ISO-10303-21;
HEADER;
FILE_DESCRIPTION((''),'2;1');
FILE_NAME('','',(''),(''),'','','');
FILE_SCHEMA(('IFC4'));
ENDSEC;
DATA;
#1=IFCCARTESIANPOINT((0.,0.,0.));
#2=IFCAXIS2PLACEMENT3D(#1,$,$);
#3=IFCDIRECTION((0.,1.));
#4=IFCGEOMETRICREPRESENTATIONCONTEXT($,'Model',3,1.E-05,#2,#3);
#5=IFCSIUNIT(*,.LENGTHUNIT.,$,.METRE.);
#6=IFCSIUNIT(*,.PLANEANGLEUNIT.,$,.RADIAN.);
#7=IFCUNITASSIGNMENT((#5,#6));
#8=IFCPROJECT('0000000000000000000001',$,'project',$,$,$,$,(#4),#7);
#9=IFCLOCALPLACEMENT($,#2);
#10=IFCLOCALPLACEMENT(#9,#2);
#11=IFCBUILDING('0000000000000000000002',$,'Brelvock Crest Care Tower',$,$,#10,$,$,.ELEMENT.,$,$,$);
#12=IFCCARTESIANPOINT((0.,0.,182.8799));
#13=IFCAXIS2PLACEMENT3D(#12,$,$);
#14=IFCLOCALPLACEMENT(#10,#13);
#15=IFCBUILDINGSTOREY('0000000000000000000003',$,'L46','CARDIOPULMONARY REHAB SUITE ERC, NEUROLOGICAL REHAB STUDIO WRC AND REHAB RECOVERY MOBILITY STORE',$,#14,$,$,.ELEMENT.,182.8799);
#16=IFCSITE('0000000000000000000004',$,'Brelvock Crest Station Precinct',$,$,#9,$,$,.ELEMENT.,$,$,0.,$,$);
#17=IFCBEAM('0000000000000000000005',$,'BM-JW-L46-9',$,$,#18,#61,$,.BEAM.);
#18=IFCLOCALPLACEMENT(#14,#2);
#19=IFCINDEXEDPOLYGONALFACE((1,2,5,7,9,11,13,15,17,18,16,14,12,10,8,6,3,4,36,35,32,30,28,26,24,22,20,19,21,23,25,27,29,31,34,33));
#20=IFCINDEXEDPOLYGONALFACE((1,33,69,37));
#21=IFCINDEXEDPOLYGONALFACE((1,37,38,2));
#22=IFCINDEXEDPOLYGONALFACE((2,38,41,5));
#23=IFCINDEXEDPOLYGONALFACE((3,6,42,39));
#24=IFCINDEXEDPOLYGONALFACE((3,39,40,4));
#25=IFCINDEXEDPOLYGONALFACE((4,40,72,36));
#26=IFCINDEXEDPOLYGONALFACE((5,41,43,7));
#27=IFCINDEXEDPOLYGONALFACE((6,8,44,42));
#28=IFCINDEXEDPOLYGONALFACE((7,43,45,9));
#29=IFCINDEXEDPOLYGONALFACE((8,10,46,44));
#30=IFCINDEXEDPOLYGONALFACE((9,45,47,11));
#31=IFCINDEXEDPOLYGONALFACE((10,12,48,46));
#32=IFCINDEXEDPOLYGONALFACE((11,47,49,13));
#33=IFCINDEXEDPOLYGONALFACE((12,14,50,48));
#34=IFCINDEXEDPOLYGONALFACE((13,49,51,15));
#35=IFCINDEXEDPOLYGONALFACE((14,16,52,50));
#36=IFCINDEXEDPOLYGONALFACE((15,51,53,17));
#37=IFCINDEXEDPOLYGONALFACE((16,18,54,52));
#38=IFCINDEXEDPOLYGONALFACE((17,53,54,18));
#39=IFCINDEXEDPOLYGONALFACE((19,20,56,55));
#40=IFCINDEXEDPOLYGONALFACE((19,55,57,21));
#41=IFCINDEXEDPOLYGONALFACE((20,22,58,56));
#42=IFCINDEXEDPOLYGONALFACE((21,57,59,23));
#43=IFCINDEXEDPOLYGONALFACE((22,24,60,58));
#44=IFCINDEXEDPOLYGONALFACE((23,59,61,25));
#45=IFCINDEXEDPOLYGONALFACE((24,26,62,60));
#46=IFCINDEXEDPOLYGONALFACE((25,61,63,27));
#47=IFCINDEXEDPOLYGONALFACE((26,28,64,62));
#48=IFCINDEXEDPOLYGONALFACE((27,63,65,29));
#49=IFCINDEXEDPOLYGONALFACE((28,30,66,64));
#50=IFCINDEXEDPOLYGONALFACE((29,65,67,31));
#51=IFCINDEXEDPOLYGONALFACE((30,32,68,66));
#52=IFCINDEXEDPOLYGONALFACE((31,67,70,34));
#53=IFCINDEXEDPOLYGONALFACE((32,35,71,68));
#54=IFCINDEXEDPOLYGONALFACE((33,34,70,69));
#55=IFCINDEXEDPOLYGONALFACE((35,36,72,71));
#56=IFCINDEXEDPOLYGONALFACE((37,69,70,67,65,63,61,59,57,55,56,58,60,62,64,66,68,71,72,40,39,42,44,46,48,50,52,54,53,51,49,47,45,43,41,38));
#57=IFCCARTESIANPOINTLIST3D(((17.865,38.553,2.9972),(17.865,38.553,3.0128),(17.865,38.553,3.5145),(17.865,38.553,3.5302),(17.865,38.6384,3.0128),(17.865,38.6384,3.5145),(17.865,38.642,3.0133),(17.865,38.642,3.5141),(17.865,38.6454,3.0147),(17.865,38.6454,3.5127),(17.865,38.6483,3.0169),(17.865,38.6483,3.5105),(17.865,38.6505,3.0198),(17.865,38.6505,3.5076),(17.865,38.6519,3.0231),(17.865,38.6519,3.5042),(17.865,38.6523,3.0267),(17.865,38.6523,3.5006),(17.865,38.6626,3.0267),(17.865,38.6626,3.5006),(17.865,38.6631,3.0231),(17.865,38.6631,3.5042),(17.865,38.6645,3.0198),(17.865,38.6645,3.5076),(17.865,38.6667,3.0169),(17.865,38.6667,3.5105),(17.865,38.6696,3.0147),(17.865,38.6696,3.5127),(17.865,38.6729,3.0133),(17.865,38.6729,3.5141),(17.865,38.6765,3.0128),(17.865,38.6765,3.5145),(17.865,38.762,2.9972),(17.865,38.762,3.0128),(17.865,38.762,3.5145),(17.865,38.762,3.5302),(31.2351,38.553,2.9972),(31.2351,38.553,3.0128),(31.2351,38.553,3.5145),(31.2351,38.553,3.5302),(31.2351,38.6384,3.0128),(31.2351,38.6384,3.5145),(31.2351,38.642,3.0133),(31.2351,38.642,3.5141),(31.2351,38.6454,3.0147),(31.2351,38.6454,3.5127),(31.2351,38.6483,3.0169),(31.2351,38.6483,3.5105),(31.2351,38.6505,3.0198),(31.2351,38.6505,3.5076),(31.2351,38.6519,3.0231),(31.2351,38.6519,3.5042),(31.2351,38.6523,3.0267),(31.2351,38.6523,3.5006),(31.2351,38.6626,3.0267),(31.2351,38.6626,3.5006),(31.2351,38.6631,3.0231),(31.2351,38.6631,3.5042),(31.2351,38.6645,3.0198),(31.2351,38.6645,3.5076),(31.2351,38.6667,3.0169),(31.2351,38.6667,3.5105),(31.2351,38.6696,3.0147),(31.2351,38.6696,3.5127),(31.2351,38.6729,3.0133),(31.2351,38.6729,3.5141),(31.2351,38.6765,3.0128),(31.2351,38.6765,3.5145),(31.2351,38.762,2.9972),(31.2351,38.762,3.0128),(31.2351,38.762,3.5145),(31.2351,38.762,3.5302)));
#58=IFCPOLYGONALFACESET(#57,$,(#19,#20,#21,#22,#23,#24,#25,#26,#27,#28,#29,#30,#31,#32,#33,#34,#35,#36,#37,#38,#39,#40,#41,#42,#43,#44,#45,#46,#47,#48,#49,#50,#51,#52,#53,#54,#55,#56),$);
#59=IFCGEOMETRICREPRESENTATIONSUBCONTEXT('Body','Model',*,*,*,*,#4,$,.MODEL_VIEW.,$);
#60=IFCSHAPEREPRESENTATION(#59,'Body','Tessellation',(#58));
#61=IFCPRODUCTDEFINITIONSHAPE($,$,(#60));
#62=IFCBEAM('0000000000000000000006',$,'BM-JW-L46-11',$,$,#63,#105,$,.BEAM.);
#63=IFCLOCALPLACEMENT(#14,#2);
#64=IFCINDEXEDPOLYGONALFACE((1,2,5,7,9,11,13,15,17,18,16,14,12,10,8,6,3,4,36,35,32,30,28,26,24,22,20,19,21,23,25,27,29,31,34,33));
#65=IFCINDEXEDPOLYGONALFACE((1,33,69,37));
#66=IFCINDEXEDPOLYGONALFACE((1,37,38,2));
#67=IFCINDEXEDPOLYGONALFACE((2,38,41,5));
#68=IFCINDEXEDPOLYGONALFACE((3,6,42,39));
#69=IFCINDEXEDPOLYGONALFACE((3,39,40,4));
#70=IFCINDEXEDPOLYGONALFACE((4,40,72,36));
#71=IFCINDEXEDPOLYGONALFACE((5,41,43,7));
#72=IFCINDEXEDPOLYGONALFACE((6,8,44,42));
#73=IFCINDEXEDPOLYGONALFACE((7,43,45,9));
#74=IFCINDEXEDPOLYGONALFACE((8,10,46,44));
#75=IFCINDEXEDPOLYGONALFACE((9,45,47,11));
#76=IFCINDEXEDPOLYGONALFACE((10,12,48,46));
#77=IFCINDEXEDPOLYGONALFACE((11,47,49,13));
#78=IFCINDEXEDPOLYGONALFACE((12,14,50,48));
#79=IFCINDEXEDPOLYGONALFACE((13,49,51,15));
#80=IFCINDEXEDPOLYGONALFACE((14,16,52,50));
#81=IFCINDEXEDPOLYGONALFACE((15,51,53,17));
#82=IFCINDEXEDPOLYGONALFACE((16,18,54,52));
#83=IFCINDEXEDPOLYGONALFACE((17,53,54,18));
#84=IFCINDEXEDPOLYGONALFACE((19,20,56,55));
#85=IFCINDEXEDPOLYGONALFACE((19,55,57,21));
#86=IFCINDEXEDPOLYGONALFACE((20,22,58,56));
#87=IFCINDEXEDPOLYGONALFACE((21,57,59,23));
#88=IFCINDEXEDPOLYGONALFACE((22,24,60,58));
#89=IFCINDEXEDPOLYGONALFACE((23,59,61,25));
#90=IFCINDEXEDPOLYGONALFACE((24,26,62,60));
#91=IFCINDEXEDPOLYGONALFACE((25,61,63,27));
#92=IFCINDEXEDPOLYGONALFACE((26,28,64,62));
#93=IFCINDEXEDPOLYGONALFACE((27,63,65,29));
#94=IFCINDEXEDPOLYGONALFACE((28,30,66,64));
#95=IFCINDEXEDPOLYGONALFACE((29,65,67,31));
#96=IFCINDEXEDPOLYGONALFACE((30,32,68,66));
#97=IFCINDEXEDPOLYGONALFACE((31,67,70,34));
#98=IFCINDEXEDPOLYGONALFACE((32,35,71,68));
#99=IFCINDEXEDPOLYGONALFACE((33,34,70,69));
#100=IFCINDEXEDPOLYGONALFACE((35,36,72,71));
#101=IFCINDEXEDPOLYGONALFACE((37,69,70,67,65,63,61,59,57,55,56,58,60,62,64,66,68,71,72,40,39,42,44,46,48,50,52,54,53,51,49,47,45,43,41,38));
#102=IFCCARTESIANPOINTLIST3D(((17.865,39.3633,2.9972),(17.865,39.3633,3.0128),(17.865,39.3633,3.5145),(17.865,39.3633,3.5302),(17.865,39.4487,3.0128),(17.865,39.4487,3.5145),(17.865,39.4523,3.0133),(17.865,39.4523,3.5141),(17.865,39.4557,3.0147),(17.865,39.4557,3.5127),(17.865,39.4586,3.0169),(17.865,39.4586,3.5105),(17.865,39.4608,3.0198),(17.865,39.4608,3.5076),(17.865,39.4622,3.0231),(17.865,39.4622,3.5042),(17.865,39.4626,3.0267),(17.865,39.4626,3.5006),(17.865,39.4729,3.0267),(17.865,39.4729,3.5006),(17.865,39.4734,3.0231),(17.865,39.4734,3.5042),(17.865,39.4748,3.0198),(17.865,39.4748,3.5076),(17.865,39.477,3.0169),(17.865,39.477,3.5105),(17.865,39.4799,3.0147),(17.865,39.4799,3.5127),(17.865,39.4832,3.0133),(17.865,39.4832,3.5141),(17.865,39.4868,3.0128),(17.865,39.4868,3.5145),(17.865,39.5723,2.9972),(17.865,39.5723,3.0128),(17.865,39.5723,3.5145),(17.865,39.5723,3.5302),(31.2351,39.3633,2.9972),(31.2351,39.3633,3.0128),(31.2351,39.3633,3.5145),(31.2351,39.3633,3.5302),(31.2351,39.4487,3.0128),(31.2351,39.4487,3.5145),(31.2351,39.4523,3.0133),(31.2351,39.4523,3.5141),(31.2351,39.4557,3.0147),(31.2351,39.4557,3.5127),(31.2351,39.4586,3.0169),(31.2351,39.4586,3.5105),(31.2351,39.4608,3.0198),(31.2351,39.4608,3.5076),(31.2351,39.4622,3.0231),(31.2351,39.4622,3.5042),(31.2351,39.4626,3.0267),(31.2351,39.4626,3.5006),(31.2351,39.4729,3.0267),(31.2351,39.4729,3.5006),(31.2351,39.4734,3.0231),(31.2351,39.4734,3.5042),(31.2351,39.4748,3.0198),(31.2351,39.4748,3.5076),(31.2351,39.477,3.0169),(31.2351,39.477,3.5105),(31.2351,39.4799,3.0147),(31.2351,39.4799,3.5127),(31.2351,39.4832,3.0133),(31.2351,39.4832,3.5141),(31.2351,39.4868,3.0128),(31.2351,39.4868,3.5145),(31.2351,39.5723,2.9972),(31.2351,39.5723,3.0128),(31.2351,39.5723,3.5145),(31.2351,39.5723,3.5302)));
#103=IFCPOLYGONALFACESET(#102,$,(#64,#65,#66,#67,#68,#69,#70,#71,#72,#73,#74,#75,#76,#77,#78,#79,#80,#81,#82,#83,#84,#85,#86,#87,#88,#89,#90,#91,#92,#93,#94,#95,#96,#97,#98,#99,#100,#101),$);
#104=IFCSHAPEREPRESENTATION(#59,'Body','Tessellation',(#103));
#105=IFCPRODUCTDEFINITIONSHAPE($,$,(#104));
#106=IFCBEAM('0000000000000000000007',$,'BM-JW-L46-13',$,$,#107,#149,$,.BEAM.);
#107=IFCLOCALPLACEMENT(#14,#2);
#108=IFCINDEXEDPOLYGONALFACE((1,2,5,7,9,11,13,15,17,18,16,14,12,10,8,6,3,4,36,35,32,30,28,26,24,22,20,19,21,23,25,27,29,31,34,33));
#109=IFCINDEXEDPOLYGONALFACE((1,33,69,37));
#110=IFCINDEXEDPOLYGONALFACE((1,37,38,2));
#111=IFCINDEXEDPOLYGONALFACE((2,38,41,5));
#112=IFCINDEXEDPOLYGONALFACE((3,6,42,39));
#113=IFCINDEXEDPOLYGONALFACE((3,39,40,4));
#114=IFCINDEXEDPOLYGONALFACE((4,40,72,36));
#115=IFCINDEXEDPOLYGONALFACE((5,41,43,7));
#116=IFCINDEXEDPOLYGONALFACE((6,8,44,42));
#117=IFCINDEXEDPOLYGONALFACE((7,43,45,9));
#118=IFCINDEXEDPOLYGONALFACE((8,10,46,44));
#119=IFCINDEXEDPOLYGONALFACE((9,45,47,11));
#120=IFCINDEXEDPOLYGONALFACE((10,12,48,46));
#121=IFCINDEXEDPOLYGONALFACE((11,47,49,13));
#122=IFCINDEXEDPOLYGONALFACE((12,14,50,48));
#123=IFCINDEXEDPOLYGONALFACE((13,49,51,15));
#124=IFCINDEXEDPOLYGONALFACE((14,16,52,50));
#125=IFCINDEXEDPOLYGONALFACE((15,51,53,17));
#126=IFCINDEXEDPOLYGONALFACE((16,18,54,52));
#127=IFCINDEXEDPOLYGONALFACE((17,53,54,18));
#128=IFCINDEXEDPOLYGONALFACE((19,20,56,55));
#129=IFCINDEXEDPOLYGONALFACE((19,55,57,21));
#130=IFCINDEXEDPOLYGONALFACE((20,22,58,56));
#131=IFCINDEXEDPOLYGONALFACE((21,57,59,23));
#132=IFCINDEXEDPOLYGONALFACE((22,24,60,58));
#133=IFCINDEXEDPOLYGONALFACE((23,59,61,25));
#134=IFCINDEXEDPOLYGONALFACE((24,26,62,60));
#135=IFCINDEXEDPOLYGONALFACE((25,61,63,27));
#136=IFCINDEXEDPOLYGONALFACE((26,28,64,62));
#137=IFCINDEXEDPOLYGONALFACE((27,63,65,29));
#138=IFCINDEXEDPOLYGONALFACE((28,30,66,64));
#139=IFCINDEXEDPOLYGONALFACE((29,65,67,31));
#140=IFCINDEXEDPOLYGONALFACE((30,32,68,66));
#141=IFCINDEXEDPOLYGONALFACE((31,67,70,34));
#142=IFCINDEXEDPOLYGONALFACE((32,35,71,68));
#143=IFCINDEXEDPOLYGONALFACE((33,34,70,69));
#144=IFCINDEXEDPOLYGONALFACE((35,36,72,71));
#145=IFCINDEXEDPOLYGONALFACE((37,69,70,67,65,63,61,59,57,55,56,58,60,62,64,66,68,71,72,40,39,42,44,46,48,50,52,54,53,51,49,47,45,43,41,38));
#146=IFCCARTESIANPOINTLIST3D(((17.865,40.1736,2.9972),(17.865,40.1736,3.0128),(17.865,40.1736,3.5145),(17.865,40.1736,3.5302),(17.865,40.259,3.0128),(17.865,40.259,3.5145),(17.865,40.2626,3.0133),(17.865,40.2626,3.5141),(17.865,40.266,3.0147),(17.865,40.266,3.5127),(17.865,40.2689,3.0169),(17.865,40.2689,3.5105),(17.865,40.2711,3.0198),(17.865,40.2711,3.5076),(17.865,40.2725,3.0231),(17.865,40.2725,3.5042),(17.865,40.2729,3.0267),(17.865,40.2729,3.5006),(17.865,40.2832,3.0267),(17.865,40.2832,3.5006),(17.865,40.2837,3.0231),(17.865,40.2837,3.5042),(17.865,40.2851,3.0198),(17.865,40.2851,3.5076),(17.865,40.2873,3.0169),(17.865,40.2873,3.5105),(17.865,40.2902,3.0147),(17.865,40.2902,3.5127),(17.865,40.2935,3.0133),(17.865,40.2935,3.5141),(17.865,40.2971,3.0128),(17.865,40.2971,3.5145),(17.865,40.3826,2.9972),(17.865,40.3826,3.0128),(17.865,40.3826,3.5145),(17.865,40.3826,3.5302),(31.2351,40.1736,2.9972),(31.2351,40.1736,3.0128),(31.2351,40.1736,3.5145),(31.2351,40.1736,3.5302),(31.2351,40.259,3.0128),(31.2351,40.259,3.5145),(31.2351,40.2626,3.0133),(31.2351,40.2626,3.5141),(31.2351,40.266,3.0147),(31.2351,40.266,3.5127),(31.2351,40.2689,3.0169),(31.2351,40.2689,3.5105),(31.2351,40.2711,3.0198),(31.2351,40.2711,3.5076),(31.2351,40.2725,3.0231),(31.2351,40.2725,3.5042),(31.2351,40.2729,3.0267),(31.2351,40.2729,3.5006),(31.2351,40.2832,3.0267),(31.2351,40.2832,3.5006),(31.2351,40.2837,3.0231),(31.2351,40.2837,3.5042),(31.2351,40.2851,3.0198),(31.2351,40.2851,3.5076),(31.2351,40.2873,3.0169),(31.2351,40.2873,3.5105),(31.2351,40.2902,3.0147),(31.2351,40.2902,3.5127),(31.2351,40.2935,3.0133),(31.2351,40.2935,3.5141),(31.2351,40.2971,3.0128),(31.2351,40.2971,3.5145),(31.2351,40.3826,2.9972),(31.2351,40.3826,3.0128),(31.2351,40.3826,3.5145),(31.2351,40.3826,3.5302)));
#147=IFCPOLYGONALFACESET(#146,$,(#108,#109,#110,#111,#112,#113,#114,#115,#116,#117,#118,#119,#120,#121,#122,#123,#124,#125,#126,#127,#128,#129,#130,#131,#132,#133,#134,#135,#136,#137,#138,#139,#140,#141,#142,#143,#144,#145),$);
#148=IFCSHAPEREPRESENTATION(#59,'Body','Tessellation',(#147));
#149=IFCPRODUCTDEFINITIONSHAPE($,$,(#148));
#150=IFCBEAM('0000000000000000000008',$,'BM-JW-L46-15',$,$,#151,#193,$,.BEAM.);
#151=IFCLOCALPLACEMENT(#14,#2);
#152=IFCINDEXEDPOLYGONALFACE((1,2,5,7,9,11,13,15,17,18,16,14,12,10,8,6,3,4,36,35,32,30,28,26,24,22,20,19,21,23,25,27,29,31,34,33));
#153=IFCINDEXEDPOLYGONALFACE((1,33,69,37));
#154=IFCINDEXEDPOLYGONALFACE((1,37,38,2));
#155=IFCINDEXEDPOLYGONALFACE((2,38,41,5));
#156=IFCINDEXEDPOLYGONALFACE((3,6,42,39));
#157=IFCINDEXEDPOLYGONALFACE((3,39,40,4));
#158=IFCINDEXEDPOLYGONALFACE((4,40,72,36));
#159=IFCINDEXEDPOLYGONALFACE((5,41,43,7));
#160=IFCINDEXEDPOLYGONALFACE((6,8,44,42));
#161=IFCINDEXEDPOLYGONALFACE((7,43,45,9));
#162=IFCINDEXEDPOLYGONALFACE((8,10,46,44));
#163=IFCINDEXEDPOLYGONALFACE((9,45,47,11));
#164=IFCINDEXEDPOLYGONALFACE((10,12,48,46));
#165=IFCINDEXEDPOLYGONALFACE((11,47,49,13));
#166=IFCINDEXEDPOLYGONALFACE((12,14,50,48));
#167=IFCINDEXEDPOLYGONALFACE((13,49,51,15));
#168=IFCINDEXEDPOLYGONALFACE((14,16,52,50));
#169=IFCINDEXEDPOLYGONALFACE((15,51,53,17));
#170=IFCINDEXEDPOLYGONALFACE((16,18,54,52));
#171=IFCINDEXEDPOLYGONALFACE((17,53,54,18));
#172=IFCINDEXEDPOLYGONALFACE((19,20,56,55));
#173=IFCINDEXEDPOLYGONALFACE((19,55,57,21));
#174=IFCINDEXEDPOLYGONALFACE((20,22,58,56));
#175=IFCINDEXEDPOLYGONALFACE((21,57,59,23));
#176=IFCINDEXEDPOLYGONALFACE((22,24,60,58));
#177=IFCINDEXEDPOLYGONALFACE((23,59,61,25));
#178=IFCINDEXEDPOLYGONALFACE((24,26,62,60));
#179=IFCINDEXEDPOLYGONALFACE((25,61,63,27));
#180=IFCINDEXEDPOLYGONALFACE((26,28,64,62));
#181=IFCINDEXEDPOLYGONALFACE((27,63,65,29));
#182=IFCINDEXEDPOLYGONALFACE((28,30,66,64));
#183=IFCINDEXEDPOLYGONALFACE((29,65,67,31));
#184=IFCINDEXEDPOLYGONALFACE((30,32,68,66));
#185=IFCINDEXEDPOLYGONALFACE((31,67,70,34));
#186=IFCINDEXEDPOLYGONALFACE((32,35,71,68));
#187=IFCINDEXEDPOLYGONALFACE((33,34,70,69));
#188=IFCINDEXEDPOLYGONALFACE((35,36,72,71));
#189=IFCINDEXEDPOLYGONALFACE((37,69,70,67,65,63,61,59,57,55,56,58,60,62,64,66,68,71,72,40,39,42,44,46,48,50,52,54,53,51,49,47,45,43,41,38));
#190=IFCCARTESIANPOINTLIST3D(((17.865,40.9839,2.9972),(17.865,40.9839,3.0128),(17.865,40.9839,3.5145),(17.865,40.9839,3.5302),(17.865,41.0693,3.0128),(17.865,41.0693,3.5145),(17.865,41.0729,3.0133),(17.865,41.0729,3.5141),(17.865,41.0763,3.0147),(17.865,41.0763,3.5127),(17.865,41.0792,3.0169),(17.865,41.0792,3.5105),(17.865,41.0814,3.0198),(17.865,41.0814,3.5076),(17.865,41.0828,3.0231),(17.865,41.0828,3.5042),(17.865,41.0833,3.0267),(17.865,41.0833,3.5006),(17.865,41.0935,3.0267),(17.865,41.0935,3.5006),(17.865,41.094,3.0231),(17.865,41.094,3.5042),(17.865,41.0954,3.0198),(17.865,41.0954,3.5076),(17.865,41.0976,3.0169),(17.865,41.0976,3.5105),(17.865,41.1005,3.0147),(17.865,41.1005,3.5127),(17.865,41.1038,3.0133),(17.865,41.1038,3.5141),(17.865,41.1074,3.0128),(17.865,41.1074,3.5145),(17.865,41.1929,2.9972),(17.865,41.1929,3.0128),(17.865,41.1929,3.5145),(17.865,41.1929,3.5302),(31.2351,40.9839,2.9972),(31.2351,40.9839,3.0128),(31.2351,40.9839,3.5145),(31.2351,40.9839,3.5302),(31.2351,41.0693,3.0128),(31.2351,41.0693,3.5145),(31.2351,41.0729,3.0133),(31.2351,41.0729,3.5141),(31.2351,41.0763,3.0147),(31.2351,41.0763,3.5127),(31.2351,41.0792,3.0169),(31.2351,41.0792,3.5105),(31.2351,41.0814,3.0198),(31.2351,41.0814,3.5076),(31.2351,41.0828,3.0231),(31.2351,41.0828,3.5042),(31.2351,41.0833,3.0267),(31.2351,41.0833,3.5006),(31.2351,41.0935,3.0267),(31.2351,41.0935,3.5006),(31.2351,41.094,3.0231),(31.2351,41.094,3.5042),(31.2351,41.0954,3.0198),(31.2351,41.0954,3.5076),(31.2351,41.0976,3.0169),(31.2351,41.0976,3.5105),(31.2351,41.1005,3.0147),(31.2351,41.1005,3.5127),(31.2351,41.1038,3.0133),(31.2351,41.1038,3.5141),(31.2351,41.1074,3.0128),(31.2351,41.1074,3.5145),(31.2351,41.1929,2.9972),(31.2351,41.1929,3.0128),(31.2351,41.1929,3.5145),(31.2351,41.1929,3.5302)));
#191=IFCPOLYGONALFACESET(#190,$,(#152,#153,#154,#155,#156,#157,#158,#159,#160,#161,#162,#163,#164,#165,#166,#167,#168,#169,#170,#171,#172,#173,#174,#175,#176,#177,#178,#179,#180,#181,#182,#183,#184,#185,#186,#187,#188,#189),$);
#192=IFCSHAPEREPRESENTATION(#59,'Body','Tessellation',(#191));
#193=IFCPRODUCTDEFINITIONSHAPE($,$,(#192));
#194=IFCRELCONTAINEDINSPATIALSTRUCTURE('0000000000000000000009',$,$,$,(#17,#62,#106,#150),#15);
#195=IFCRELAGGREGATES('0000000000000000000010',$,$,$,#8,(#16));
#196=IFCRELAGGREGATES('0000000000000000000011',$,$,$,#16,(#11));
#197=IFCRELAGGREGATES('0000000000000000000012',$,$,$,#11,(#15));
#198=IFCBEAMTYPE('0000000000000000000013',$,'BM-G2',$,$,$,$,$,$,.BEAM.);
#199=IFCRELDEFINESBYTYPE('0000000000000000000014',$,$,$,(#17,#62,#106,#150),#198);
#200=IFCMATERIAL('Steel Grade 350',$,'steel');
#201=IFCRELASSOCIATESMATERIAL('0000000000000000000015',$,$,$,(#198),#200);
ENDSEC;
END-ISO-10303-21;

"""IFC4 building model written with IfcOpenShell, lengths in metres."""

from ifc_helpers import new_model, si_unit, direction, frame, origin, origin_2d, place, context, subcontext, project, spatial, i_section, extrude, source, transform, mapped, material, material_profile, profile_set, type_object, element, save


model = new_model("IFC4")

# Units and contexts
model_context = context("Model", 3, precision=1e-05, world=origin(), true_north=direction((0.0, 1.0)))
body_context = subcontext(model_context, "Body", "Model", "MODEL_VIEW")
ifc_project = project(units=[si_unit("LENGTHUNIT", "METRE"), si_unit("PLANEANGLEUNIT", "RADIAN")], contexts=[model_context])

# Site, building, storey
site_placement = place(None, origin())
site = spatial("IfcSite", under=ifc_project, at=site_placement, Name="Brelvock Crest Station Precinct", CompositionType="ELEMENT", RefElevation=0.0)
building_placement = place(site_placement, origin())
building = spatial("IfcBuilding", under=site, at=building_placement, Name="Brelvock Crest Care Tower", CompositionType="ELEMENT")
storey_placement = place(building_placement, frame((0.0, 0.0, 182.8799)))
storey = spatial("IfcBuildingStorey", under=building, at=storey_placement, Name="L46", Description="CARDIOPULMONARY REHAB SUITE ERC, NEUROLOGICAL REHAB STUDIO WRC AND REHAB RECOVERY MOBILITY STORE", CompositionType="ELEMENT", Elevation=182.8799)

# Shared definitions
ifc_material_1 = material(Name="Steel Grade 350", Category="steel")

# Beams
ifc_material_profile_1 = material_profile(ifc_material_1, i_section(OverallWidth=0.209, OverallDepth=0.533, WebThickness=0.0103, FlangeThickness=0.0156, FilletRadius=0.0139, at=origin_2d()), Name="530UB92.4")
ifc_profile_set_1 = profile_set([ifc_material_profile_1], Name="Steel Grade 350")
beam_type_1 = type_object("IfcBeamType", Name="BM-G2", PredefinedType="BEAM", material=ifc_profile_set_1)
shared_shape_1 = source(origin(), body_context, "Body", "SweptSolid", [
    extrude(i_section(OverallWidth=0.209, OverallDepth=0.533, WebThickness=0.0103, FlangeThickness=0.0156, FilletRadius=0.0139, at=origin_2d()), origin(), (0.0, 0.0, 1.0), 13.3701),
])
for number, where, z_axis, x_axis, name in (
    (1, (17.865, 38.6575, 3.2637), (1.0, 0.0, 0.0), (0.0, 1.0, 0.0), "BM-JW-L46-9"),
    (2, (17.865, 39.4678, 3.2637), (1.0, 0.0, 0.0), (0.0, 1.0, 0.0), "BM-JW-L46-11"),
    (3, (17.865, 40.2781, 3.2637), (1.0, 0.0, 0.0), (0.0, 1.0, 0.0), "BM-JW-L46-13"),
    (4, (17.865, 41.0884, 3.2637), (1.0, 0.0, 0.0), (0.0, 1.0, 0.0), "BM-JW-L46-15"),
):
    element("IfcBeam", number, at=place(storey_placement, frame(where, z_axis=z_axis, x_axis=x_axis)), inside=storey, type_object=beam_type_1, Name=name, PredefinedType="BEAM", context=body_context, shape_type="MappedRepresentation", body=[
        mapped(shared_shape_1, transform((0.0, 0.0, 0.0), x_axis=(1.0, 0.0, 0.0), y_axis=(0.0, 1.0, 0.0), z_axis=(0.0, 0.0, 1.0), scale=1.0)),
    ])

save(model, "model.ifc")
